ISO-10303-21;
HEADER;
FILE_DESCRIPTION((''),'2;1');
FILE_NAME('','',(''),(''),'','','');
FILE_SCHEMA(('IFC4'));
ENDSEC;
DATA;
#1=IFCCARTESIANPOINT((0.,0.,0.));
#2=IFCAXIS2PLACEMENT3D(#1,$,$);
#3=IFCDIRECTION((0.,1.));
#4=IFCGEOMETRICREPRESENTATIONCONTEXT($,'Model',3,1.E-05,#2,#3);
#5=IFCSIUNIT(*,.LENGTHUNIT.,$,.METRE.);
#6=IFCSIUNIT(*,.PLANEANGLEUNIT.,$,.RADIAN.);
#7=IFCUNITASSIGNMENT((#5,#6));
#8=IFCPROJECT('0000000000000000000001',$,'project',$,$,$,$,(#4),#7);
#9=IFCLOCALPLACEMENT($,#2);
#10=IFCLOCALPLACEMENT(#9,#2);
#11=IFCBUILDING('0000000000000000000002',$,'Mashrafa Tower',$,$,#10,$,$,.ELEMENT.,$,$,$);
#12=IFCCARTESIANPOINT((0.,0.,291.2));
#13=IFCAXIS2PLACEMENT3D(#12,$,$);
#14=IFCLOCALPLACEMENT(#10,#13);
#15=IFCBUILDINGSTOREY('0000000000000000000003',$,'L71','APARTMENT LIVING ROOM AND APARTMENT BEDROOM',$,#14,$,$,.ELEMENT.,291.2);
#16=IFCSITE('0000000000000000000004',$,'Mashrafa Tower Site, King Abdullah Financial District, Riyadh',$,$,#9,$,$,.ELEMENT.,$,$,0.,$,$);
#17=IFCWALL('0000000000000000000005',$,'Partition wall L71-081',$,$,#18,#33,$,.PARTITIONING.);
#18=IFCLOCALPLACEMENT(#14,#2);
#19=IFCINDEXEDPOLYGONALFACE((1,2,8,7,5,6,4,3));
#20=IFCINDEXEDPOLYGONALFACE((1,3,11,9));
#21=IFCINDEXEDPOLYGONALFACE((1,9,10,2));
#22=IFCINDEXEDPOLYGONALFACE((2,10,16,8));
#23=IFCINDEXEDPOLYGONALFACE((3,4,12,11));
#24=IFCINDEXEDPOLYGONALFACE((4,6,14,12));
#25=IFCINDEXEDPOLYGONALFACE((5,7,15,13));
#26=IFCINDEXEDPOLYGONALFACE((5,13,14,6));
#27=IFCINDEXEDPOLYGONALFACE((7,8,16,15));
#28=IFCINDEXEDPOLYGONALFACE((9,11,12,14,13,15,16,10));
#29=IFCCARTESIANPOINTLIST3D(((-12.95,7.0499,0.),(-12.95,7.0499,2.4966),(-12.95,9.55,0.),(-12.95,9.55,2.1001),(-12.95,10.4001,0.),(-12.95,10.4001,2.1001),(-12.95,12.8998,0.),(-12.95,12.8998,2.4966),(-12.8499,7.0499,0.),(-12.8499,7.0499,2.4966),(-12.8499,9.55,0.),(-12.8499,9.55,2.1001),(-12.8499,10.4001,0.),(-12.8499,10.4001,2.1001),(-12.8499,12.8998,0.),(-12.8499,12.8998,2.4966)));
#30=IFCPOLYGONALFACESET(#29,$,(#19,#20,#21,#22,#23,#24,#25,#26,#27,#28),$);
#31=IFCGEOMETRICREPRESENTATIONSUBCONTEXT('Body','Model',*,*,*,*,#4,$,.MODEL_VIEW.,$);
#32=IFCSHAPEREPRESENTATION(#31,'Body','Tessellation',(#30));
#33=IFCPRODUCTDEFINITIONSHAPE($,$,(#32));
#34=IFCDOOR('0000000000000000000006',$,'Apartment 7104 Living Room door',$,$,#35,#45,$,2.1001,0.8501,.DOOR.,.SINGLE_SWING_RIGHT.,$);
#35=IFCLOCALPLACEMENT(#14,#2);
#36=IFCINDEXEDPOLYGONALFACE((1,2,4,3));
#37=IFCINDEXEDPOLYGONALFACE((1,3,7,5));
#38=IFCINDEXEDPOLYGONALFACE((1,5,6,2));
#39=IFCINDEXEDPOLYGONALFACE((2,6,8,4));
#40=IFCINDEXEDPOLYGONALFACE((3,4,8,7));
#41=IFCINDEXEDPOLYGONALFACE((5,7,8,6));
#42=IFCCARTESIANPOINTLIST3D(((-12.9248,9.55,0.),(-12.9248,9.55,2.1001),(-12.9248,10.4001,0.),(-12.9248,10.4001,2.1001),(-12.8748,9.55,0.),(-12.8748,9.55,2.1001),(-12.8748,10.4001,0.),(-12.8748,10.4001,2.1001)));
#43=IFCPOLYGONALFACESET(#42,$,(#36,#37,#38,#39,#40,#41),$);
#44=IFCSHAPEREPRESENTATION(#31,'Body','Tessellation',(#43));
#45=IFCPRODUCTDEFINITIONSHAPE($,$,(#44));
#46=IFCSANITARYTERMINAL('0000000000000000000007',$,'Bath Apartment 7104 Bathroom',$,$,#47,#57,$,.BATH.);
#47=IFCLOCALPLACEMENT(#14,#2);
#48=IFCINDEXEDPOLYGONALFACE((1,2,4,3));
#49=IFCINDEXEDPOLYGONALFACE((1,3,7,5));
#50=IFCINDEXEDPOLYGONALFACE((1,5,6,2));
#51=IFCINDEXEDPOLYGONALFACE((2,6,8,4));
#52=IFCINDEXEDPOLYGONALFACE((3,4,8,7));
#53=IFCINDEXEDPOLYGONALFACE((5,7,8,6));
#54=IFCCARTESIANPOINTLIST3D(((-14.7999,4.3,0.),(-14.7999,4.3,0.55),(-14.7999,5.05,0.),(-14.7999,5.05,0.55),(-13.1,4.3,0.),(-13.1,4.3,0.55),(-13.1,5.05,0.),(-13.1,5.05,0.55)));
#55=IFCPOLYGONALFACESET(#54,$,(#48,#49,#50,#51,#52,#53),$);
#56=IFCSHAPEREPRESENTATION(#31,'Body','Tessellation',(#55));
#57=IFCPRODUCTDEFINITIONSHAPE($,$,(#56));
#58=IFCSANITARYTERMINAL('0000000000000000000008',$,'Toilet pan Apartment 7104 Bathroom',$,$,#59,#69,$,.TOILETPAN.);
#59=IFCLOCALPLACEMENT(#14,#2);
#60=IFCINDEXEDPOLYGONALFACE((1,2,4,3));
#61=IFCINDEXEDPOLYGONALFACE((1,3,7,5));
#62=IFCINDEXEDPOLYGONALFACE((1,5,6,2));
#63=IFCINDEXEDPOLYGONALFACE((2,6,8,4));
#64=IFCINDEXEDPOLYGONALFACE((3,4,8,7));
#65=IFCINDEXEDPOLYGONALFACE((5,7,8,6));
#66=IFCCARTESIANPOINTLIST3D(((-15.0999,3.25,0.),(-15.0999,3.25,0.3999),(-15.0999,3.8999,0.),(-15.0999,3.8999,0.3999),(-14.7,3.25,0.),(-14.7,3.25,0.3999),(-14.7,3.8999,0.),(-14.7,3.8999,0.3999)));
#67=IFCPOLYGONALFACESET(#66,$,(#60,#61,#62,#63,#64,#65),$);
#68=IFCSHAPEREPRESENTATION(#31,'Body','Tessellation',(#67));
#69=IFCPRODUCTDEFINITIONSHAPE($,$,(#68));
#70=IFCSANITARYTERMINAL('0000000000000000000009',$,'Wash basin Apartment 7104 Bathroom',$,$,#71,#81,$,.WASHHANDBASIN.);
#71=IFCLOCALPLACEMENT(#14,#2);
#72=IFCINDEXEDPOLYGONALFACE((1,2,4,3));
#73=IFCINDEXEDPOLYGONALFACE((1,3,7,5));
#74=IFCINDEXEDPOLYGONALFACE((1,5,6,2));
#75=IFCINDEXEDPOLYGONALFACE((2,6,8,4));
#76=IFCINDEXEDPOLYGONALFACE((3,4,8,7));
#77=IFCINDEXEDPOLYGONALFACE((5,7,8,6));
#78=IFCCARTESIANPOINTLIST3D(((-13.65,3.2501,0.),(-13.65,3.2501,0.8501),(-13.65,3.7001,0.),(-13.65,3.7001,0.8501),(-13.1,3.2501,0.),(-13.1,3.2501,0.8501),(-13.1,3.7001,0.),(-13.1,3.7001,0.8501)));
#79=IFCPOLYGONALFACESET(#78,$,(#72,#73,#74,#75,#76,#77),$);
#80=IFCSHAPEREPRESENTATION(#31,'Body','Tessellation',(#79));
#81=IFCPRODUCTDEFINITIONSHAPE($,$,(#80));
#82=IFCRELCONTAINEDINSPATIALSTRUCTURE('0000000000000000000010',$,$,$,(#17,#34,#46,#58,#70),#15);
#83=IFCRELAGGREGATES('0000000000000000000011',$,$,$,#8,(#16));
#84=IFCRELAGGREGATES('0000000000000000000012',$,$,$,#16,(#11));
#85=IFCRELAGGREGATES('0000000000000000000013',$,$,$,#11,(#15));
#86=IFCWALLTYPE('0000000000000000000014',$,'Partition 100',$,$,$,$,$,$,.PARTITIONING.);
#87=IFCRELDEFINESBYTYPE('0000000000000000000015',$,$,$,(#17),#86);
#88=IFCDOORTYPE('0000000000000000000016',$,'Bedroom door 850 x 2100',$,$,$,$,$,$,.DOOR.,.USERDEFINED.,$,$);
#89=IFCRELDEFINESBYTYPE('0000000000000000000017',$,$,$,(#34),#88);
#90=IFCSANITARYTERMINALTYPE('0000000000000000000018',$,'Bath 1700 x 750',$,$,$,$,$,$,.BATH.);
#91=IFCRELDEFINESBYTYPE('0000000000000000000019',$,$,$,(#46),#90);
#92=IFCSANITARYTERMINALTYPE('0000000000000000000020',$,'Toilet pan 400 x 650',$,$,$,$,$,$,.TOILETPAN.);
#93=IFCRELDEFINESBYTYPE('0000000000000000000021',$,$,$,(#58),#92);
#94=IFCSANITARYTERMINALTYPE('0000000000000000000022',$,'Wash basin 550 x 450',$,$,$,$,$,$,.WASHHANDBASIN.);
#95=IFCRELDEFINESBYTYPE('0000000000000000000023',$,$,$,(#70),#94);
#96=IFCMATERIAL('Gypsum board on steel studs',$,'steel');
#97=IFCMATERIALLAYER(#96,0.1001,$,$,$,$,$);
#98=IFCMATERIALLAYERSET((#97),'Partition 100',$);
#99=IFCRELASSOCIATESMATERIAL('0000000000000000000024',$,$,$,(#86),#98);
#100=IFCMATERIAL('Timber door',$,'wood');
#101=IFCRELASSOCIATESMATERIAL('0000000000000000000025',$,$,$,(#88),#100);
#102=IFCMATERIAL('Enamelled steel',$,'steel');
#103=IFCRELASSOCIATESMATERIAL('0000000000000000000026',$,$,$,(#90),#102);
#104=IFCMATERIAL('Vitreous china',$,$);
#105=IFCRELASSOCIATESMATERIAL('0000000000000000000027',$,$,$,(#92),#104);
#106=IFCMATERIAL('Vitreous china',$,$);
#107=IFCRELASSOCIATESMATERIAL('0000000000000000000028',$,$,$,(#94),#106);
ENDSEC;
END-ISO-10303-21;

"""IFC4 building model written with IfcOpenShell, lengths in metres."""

from ifc_helpers import new_model, si_unit, direction, frame, frame_2d, origin, origin_2d, place, context, subcontext, project, spatial, rectangle, extrude, material, layer, layer_set, type_object, element, fill, save


model = new_model("IFC4")

# Units and contexts
model_context = context("Model", 3, precision=1e-05, world=origin(), true_north=direction((0.0, 1.0)))
body_context = subcontext(model_context, "Body", "Model", "MODEL_VIEW")
ifc_project = project(units=[si_unit("LENGTHUNIT", "METRE"), si_unit("PLANEANGLEUNIT", "RADIAN")], contexts=[model_context])

# Site, building, storey
site_placement = place(None, origin())
site = spatial("IfcSite", under=ifc_project, at=site_placement, Name="Mashrafa Tower Site, King Abdullah Financial District, Riyadh", CompositionType="ELEMENT", RefElevation=0.0)
building_placement = place(site_placement, origin())
building = spatial("IfcBuilding", under=site, at=building_placement, Name="Mashrafa Tower", CompositionType="ELEMENT")
storey_placement = place(building_placement, frame((0.0, 0.0, 291.2)))
storey = spatial("IfcBuildingStorey", under=building, at=storey_placement, Name="L71", Description="APARTMENT LIVING ROOM AND APARTMENT BEDROOM", CompositionType="ELEMENT", Elevation=291.2)

# Shared definitions
ifc_material_1 = material(Name="Gypsum board on steel studs", Category="steel")
ifc_layer_1 = layer(ifc_material_1, 0.1001)
ifc_layer_set_1 = layer_set([ifc_layer_1], Name="Partition 100")
wall_type_1 = type_object("IfcWallType", Name="Partition 100", PredefinedType="PARTITIONING", material=ifc_layer_set_1)

# Wall, opening, door
ifc_material_2 = material(Name="Timber door", Category="wood")
door_type_1 = type_object("IfcDoorType", Name="Bedroom door 850 x 2100", OperationType="USERDEFINED", PredefinedType="DOOR", material=ifc_material_2)
wall_1_placement = place(storey_placement, frame((-12.8999, 7.05, 0.0), z_axis=(0.0, 0.0, 1.0), x_axis=(0.0, 1.0, 0.0)))
wall_1 = element("IfcWall", 1, at=wall_1_placement, inside=storey, type_object=wall_type_1, Name="Partition wall L71-081", PredefinedType="PARTITIONING", context=body_context, shape_type="SweptSolid", body=[
    extrude(rectangle(XDim=5.8499, YDim=0.1001, at=frame_2d((2.9248, 0.0))), origin(), (0.0, 0.0, 1.0), 2.4966),
])
opening_1_placement = place(wall_1_placement, frame((2.5, 0.0, 0.0)))
opening_1 = element("IfcOpeningElement", 2, at=opening_1_placement, cuts=wall_1, PredefinedType="OPENING", context=body_context, shape_type="SweptSolid", body=[
    extrude(rectangle(XDim=0.8501, YDim=2.1001, at=frame_2d((0.425, 1.05))), frame((0.0, 0.0601, 0.0), z_axis=(0.0, -1.0, 0.0), x_axis=(1.0, 0.0, 0.0)), (0.0, 0.0, 1.0), 0.1201),
])
door_1_placement = place(opening_1_placement, origin())
door_1 = element("IfcDoor", 3, at=door_1_placement, inside=storey, type_object=door_type_1, Name="Apartment 7104 Living Room door", OperationType="SINGLE_SWING_RIGHT", OverallHeight=2.1001, OverallWidth=0.8501, PredefinedType="DOOR", context=body_context, shape_type="SweptSolid", body=[
    extrude(rectangle(XDim=0.8501, YDim=2.1001, at=frame_2d((0.425, 1.05))), frame((0.0, 0.0249, 0.0), z_axis=(0.0, -1.0, 0.0), x_axis=(1.0, 0.0, 0.0)), (0.0, 0.0, 1.0), 0.05),
])
fill(opening_1, door_1)

# Sanitary terminals
ifc_material_3 = material(Name="Enamelled steel", Category="steel")
sanitary_terminal_type_1 = type_object("IfcSanitaryTerminalType", Name="Bath 1700 x 750", PredefinedType="BATH", material=ifc_material_3)
sanitary_terminal_1_placement = place(storey_placement, frame((-13.95, 4.675, 0.0), z_axis=(0.0, 0.0, 1.0), x_axis=(-1.0, 0.0, 0.0)))
element("IfcSanitaryTerminal", 4, at=sanitary_terminal_1_placement, inside=storey, type_object=sanitary_terminal_type_1, Name="Bath Apartment 7104 Bathroom", PredefinedType="BATH", context=body_context, shape_type="SweptSolid", body=[
    extrude(rectangle(XDim=1.7, YDim=0.75, at=origin_2d()), origin(), (0.0, 0.0, 1.0), 0.55),
])
ifc_material_4 = material(Name="Vitreous china")
sanitary_terminal_type_2 = type_object("IfcSanitaryTerminalType", Name="Toilet pan 400 x 650", PredefinedType="TOILETPAN", material=ifc_material_4)
sanitary_terminal_2_placement = place(storey_placement, frame((-14.8999, 3.575, 0.0), z_axis=(0.0, 0.0, 1.0), x_axis=(1.0, 0.0, 0.0)))
element("IfcSanitaryTerminal", 5, at=sanitary_terminal_2_placement, inside=storey, type_object=sanitary_terminal_type_2, Name="Toilet pan Apartment 7104 Bathroom", PredefinedType="TOILETPAN", context=body_context, shape_type="SweptSolid", body=[
    extrude(rectangle(XDim=0.3999, YDim=0.6499, at=origin_2d()), origin(), (0.0, 0.0, 1.0), 0.3999),
])
ifc_material_5 = material(Name="Vitreous china")
sanitary_terminal_type_3 = type_object("IfcSanitaryTerminalType", Name="Wash basin 550 x 450", PredefinedType="WASHHANDBASIN", material=ifc_material_5)
sanitary_terminal_3_placement = place(storey_placement, frame((-13.375, 3.4751, 0.0), z_axis=(0.0, 0.0, 1.0), x_axis=(1.0, 0.0, 0.0)))
element("IfcSanitaryTerminal", 6, at=sanitary_terminal_3_placement, inside=storey, type_object=sanitary_terminal_type_3, Name="Wash basin Apartment 7104 Bathroom", PredefinedType="WASHHANDBASIN", context=body_context, shape_type="SweptSolid", body=[
    extrude(rectangle(XDim=0.55, YDim=0.45, at=origin_2d()), origin(), (0.0, 0.0, 1.0), 0.8501),
])

save(model, "model.ifc")
